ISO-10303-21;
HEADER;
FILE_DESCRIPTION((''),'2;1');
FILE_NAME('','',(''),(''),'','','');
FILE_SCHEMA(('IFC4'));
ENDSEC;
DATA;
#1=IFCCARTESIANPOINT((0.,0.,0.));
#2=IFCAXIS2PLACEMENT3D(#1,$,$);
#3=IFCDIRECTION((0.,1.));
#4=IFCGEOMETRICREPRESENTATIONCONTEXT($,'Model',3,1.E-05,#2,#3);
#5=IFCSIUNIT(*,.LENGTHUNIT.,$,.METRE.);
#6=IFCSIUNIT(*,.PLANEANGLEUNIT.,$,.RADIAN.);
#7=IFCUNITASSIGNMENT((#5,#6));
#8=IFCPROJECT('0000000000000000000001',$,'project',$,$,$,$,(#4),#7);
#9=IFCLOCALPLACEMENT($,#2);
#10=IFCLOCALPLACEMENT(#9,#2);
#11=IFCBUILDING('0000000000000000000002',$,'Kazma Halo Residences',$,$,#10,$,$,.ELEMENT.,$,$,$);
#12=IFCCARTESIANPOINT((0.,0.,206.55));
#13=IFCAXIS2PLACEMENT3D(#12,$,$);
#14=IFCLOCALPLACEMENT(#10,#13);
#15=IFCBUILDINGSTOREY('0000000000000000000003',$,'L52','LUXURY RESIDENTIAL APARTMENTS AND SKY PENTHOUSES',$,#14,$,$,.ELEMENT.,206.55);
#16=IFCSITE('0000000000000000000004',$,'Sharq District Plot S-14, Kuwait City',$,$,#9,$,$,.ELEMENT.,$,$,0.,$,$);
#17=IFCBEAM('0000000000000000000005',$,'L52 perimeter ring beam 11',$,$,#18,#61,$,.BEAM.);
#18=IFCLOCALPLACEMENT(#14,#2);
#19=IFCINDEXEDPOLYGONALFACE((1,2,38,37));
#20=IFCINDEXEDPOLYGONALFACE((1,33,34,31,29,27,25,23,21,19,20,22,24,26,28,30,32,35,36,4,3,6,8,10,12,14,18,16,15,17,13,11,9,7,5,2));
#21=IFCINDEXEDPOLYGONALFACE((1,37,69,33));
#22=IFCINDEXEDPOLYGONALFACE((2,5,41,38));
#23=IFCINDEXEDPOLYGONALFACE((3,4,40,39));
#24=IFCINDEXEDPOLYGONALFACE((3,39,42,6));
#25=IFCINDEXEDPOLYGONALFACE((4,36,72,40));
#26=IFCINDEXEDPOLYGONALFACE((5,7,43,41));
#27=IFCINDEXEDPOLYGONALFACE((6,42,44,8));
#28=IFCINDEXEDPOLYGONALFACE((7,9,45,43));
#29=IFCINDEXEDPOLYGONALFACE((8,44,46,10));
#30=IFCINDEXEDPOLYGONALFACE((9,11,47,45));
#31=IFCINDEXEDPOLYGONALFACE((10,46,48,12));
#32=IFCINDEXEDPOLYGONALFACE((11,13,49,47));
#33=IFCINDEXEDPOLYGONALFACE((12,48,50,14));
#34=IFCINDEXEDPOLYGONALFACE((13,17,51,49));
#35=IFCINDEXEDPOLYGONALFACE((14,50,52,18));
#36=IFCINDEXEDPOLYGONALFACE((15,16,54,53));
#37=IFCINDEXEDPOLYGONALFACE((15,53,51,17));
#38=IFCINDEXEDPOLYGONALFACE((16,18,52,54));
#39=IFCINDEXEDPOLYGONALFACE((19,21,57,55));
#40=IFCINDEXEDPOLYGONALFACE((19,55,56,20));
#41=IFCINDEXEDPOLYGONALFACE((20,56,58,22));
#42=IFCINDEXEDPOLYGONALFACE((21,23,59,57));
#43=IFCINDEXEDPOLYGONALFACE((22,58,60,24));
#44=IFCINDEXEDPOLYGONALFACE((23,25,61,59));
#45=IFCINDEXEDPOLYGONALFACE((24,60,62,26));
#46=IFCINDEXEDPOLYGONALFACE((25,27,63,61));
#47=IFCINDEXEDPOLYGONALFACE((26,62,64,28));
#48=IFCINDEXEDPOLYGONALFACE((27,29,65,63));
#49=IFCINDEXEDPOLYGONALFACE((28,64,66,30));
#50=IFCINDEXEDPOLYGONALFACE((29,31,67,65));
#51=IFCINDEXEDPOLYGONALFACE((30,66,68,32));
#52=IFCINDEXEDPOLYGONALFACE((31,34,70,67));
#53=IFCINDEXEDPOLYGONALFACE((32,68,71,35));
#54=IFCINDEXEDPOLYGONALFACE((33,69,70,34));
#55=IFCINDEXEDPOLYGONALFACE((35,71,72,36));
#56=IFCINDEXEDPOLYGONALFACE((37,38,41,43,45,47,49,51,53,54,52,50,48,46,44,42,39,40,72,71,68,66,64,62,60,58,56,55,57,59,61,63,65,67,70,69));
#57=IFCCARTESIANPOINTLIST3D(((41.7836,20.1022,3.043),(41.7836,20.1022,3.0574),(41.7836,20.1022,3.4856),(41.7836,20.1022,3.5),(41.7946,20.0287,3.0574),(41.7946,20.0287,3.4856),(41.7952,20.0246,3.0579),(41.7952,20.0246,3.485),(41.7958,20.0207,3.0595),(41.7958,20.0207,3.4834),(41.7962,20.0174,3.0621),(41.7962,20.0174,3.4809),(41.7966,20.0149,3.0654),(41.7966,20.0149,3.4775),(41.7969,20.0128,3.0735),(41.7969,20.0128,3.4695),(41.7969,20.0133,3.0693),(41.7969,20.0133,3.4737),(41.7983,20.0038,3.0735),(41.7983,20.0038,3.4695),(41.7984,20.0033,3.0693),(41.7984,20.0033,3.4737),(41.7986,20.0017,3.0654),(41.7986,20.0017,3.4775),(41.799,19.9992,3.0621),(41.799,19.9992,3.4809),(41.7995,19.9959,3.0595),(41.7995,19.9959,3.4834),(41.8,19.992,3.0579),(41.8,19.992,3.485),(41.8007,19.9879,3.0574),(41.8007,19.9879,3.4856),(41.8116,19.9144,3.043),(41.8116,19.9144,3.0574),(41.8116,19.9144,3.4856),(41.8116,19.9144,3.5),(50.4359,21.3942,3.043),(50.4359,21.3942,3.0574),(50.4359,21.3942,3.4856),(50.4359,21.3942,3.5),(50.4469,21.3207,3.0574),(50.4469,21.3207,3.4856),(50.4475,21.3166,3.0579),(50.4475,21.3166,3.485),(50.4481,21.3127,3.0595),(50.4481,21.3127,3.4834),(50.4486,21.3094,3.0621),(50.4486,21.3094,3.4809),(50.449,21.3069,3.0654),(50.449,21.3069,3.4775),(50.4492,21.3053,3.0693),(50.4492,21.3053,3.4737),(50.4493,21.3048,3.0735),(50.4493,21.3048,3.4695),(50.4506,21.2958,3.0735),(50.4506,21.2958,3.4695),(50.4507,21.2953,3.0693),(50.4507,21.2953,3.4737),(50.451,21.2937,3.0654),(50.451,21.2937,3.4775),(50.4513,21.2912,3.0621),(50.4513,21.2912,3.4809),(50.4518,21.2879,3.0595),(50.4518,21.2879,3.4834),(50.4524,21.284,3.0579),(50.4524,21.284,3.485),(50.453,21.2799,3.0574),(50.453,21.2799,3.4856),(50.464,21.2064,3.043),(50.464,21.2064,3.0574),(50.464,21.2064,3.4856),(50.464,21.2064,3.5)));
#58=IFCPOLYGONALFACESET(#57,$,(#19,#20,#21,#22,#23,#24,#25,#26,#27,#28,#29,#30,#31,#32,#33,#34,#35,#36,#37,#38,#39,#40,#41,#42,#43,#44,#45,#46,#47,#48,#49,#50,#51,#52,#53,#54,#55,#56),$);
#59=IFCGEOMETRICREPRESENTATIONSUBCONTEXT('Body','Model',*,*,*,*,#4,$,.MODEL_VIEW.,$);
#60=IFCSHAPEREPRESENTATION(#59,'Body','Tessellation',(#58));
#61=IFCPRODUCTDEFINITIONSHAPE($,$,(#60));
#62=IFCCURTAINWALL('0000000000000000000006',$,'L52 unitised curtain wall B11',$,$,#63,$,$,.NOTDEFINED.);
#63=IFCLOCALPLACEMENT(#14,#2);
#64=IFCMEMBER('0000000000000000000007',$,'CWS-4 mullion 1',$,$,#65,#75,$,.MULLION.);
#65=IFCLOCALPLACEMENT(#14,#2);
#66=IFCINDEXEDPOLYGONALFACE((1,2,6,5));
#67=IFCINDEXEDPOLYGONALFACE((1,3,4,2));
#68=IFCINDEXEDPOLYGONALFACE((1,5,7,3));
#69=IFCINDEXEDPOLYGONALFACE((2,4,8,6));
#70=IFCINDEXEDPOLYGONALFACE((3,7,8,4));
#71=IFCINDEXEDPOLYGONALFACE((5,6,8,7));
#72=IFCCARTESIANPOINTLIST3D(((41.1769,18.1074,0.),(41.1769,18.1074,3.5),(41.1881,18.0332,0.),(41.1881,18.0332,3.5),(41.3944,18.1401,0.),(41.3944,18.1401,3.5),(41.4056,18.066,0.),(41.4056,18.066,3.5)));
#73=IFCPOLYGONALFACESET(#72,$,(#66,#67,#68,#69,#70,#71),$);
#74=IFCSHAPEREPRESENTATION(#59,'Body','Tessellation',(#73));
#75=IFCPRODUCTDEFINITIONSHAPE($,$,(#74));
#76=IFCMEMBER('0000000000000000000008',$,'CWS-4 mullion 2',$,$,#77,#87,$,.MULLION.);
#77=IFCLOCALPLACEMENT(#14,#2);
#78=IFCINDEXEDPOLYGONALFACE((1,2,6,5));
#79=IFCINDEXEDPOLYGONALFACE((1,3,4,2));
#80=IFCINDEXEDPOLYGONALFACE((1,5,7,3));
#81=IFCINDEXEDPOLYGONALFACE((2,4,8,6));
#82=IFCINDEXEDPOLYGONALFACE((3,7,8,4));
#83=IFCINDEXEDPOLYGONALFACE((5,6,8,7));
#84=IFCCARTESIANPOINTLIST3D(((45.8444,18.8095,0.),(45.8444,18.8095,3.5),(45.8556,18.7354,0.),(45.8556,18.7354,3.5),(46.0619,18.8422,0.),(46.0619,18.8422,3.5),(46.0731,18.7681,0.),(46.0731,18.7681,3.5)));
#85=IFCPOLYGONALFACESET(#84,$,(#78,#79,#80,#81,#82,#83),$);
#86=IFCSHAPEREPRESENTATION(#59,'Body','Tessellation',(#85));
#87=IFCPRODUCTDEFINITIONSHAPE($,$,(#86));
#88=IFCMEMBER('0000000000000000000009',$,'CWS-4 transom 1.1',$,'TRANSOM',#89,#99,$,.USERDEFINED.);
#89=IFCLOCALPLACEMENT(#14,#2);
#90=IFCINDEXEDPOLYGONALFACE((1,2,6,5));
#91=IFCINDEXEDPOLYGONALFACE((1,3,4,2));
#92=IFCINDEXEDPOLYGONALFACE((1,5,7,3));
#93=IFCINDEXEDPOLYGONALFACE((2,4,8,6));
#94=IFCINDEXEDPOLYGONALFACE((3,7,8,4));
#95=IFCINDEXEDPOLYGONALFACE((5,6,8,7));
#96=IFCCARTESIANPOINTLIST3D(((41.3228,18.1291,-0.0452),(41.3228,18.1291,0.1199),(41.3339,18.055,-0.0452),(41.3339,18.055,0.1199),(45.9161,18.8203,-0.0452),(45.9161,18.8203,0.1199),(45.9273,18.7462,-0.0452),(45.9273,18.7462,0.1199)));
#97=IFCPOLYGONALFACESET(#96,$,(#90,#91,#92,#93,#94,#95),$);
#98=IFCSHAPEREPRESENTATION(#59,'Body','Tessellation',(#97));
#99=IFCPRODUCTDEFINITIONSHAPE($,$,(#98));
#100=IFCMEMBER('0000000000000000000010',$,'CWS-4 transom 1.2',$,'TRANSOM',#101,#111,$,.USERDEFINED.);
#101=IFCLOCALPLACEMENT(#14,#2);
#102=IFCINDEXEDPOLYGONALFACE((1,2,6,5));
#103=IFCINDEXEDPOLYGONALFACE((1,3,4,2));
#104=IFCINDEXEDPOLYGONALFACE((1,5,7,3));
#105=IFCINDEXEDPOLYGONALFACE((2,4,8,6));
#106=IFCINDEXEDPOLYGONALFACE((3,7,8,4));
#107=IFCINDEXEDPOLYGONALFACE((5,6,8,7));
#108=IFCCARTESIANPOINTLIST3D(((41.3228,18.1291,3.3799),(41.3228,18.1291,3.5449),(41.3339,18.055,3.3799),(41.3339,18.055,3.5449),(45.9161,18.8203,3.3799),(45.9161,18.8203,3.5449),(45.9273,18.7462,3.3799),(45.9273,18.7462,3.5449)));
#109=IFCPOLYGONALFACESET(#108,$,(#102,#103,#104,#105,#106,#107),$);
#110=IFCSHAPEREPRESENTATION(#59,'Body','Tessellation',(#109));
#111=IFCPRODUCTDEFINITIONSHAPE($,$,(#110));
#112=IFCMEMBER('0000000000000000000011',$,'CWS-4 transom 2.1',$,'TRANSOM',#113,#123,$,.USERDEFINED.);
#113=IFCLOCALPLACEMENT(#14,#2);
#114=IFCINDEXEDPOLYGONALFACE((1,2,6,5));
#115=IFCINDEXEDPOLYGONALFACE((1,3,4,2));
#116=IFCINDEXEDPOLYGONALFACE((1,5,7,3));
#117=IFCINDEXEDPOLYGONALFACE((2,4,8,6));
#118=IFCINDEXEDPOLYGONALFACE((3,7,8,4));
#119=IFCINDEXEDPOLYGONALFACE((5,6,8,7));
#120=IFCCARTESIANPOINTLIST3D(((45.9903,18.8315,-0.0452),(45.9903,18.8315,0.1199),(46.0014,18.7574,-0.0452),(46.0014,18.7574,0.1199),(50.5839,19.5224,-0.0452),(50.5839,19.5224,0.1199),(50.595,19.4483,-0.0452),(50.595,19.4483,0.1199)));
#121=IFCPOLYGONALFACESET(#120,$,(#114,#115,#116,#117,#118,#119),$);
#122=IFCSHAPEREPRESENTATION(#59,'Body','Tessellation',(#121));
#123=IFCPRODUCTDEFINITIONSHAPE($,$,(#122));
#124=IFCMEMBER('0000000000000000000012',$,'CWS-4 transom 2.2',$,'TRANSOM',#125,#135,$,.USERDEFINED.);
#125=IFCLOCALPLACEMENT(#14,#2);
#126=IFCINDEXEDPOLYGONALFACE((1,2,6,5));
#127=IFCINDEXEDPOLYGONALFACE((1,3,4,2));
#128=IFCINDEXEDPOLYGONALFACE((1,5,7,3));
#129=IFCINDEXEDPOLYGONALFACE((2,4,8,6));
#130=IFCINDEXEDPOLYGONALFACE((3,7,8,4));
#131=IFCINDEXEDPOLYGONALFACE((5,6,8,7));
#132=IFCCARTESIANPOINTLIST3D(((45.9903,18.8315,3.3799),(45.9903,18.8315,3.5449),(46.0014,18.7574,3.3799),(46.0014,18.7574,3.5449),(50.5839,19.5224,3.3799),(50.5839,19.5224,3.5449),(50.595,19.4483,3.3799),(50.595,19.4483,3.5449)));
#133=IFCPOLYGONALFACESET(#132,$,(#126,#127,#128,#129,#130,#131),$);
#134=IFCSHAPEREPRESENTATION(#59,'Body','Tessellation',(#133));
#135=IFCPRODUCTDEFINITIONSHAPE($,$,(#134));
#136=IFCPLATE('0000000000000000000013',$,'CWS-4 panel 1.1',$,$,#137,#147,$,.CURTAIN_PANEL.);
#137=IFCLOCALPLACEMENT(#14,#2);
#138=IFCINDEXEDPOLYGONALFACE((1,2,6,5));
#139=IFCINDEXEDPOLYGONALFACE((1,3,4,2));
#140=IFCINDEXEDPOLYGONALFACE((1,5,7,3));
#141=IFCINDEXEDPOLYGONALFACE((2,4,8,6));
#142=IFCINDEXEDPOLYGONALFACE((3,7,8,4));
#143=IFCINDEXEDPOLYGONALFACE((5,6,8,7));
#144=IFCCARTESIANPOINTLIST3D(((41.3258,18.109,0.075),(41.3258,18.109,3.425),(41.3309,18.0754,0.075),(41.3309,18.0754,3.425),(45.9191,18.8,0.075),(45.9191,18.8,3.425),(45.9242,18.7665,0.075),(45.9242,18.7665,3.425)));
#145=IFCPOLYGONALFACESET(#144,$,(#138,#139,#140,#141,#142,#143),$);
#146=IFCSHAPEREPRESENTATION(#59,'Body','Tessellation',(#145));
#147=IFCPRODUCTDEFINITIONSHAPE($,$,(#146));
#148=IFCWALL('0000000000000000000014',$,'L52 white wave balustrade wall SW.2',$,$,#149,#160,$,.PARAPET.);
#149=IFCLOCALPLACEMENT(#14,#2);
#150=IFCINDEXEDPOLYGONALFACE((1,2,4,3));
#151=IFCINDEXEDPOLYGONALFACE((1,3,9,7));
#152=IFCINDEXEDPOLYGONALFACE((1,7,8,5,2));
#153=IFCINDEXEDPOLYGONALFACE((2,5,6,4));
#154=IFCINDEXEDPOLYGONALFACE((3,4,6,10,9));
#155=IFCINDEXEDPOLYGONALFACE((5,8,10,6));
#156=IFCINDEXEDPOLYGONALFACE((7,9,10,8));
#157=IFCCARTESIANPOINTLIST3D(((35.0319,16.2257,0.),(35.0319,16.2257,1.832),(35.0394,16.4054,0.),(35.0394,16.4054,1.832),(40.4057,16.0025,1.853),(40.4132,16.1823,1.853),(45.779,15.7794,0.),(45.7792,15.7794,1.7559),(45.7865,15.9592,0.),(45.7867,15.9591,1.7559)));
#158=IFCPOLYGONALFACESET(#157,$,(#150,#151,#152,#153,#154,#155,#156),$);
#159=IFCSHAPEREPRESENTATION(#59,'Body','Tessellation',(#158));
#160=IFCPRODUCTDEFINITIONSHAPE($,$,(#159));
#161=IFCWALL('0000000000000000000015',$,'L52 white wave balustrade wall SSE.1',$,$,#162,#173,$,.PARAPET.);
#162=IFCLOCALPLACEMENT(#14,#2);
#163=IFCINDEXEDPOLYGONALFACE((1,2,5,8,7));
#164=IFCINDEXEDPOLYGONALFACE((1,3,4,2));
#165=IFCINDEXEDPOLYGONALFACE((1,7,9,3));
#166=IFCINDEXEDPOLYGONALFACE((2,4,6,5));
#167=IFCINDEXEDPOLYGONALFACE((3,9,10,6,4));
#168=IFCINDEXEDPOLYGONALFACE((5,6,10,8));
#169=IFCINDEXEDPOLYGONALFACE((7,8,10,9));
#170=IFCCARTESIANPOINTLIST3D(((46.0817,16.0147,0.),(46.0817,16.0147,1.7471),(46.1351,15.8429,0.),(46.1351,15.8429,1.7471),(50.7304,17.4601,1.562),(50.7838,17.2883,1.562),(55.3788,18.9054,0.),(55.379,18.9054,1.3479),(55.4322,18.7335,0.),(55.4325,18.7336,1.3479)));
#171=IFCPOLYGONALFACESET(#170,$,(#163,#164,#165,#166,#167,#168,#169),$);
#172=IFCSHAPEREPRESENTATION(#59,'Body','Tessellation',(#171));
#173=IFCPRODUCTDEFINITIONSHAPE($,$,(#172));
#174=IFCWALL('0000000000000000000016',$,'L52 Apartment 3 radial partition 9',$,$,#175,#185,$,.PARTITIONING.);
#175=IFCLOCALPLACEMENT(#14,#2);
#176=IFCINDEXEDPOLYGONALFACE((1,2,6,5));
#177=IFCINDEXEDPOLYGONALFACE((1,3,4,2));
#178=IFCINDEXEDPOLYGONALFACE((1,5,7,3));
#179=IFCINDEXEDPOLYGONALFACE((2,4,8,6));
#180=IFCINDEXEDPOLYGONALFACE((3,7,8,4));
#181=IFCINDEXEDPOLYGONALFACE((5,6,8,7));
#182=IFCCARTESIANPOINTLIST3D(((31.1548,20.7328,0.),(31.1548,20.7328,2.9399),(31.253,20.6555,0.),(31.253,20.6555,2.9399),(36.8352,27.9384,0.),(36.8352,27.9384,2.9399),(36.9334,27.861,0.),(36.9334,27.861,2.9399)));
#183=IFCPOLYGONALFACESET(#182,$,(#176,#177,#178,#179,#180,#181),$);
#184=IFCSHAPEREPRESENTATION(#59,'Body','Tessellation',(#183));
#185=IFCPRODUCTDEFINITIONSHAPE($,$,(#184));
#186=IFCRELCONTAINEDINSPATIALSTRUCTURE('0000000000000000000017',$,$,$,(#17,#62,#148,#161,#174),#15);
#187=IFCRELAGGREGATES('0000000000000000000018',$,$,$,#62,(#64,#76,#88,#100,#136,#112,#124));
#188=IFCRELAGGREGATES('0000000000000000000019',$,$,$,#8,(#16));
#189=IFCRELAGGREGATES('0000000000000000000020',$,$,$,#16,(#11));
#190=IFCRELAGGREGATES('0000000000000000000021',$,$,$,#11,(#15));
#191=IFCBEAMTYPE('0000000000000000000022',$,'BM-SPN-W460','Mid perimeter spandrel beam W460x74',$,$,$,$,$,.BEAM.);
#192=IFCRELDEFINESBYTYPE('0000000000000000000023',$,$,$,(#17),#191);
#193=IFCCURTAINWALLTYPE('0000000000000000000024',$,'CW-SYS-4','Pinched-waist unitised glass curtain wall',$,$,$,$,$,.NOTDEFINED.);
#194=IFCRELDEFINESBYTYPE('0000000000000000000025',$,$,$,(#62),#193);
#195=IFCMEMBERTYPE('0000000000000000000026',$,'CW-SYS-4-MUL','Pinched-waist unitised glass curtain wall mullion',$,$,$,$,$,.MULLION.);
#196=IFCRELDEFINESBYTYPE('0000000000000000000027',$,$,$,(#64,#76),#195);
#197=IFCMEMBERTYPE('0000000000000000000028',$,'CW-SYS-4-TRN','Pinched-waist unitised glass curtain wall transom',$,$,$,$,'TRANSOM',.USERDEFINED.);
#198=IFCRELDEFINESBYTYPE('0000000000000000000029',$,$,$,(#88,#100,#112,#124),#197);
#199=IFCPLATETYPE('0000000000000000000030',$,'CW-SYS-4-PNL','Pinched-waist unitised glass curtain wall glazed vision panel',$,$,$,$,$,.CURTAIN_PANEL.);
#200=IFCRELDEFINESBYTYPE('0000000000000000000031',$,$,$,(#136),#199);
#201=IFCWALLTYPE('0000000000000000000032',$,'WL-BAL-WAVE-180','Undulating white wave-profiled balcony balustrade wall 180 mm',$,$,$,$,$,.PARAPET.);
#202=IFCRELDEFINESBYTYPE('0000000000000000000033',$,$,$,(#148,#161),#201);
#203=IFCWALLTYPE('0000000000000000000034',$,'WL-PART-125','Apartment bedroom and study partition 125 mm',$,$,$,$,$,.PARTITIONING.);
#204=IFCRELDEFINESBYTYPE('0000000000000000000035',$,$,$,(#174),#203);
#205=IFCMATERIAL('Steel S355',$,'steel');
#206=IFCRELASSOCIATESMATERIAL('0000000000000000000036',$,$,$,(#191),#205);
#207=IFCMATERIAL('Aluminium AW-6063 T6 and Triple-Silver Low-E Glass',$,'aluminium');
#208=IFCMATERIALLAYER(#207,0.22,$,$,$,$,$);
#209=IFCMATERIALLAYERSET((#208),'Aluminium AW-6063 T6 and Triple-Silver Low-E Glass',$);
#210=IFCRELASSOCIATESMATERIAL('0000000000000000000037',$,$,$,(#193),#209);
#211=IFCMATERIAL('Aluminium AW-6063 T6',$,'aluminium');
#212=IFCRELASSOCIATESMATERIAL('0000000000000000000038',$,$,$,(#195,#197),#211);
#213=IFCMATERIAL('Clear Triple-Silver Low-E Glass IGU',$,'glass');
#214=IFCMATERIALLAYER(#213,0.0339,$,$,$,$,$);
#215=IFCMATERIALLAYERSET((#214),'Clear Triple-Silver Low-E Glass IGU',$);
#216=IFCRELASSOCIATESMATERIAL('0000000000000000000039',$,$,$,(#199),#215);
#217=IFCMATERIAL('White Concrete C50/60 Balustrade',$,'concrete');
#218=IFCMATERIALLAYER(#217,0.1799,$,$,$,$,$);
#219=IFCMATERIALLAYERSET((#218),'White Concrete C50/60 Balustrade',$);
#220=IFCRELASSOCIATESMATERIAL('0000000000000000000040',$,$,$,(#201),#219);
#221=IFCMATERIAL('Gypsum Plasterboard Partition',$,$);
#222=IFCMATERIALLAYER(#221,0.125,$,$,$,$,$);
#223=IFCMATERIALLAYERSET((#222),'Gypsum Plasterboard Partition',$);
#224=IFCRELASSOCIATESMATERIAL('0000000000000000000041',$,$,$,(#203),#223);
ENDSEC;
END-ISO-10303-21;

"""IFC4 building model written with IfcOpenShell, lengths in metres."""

from ifc_helpers import new_model, si_unit, direction, frame, frame_2d, origin, origin_2d, place, context, subcontext, project, spatial, polyline, rectangle, i_section, outline, extrude, material, layer, layer_set, material_profile, profile_set, type_object, element, aggregate, save


model = new_model("IFC4")

# Units and contexts
model_context = context("Model", 3, precision=1e-05, world=origin(), true_north=direction((0.0, 1.0)))
body_context = subcontext(model_context, "Body", "Model", "MODEL_VIEW")
ifc_project = project(units=[si_unit("LENGTHUNIT", "METRE"), si_unit("PLANEANGLEUNIT", "RADIAN")], contexts=[model_context])

# Site, building, storey
site_placement = place(None, origin())
site = spatial("IfcSite", under=ifc_project, at=site_placement, Name="Sharq District Plot S-14, Kuwait City", CompositionType="ELEMENT", RefElevation=0.0)
building_placement = place(site_placement, origin())
building = spatial("IfcBuilding", under=site, at=building_placement, Name="Kazma Halo Residences", CompositionType="ELEMENT")
storey_placement = place(building_placement, frame((0.0, 0.0, 206.55)))
storey = spatial("IfcBuildingStorey", under=building, at=storey_placement, Name="L52", Description="LUXURY RESIDENTIAL APARTMENTS AND SKY PENTHOUSES", CompositionType="ELEMENT", Elevation=206.55)

# Beam
ifc_material_1 = material(Name="Steel S355", Category="steel")
ifc_material_profile_1 = material_profile(ifc_material_1, i_section(OverallWidth=0.1899, OverallDepth=0.457, WebThickness=0.009, FlangeThickness=0.0144, FilletRadius=0.0161, at=origin_2d()), Name="W460x74")
ifc_profile_set_1 = profile_set([ifc_material_profile_1], Name="Steel S355")
beam_type_1 = type_object("IfcBeamType", Name="BM-SPN-W460", Description="Mid perimeter spandrel beam W460x74", PredefinedType="BEAM", material=ifc_profile_set_1)
beam_1_placement = place(storey_placement, frame((41.7976, 20.0083, 3.2715), z_axis=(0.989034, 0.147685, 0.0), x_axis=(-0.147685, 0.989034, 0.0)))
element("IfcBeam", 1, at=beam_1_placement, inside=storey, type_object=beam_type_1, Name="L52 perimeter ring beam 11", PredefinedType="BEAM", context=body_context, shape_type="SweptSolid", body=[
    extrude(i_section(OverallWidth=0.1899, OverallDepth=0.457, WebThickness=0.009, FlangeThickness=0.0144, FilletRadius=0.0161, at=origin_2d()), origin(), (0.0, 0.0, 1.0), 8.7483),
])

# Curtain wall, members, plate
ifc_material_2 = material(Name="Aluminium AW-6063 T6 and Triple-Silver Low-E Glass", Category="aluminium")
ifc_layer_1 = layer(ifc_material_2, 0.22)
ifc_layer_set_1 = layer_set([ifc_layer_1], Name="Aluminium AW-6063 T6 and Triple-Silver Low-E Glass")
curtain_wall_type = type_object("IfcCurtainWallType", Name="CW-SYS-4", Description="Pinched-waist unitised glass curtain wall", PredefinedType="NOTDEFINED", material=ifc_layer_set_1)
curtain_wall_placement = place(storey_placement, origin())
curtain_wall = element("IfcCurtainWall", 2, at=curtain_wall_placement, inside=storey, type_object=curtain_wall_type, Name="L52 unitised curtain wall B11", PredefinedType="NOTDEFINED")
ifc_material_3 = material(Name="Aluminium AW-6063 T6", Category="aluminium")
ifc_material_profile_2 = material_profile(ifc_material_3, rectangle(XDim=0.075, YDim=0.22, at=origin_2d()), Name="CWM-75x220")
ifc_profile_set_2 = profile_set([ifc_material_profile_2], Name="Aluminium AW-6063 T6")
member_type_1 = type_object("IfcMemberType", Name="CW-SYS-4-MUL", Description="Pinched-waist unitised glass curtain wall mullion", PredefinedType="MULLION", material=ifc_profile_set_2)
member_1_placement = place(storey_placement, frame((41.2913, 18.0867, 0.0), z_axis=(0.0, 0.0, 1.0), x_axis=(-0.148773, 0.988871, 0.0)))
member_1 = element("IfcMember", 3, at=member_1_placement, type_object=member_type_1, Name="CWS-4 mullion 1", PredefinedType="MULLION", context=body_context, shape_type="SweptSolid", body=[
    extrude(rectangle(XDim=0.075, YDim=0.22, at=origin_2d()), origin(), (0.0, 0.0, 1.0), 3.5),
])
member_2_placement = place(storey_placement, frame((45.9587, 18.7888, 0.0), z_axis=(0.0, 0.0, 1.0), x_axis=(-0.148773, 0.988871, 0.0)))
member_2 = element("IfcMember", 4, at=member_2_placement, type_object=member_type_1, Name="CWS-4 mullion 2", PredefinedType="MULLION", context=body_context, shape_type="SweptSolid", body=[
    extrude(rectangle(XDim=0.075, YDim=0.22, at=origin_2d()), origin(), (0.0, 0.0, 1.0), 3.5),
])
ifc_material_profile_3 = material_profile(ifc_material_3, rectangle(XDim=0.075, YDim=0.165, at=origin_2d()), Name="CWT-75x165")
ifc_profile_set_3 = profile_set([ifc_material_profile_3], Name="Aluminium AW-6063 T6")
member_type_2 = type_object("IfcMemberType", Name="CW-SYS-4-TRN", Description="Pinched-waist unitised glass curtain wall transom", ElementType="TRANSOM", PredefinedType="USERDEFINED", material=ifc_profile_set_3)
member_3_placement = place(storey_placement, frame((41.3284, 18.092, 0.0374), z_axis=(0.988868, 0.148798, 0.0), x_axis=(-0.148798, 0.988868, 0.0)))
member_3 = element("IfcMember", 5, at=member_3_placement, type_object=member_type_2, Name="CWS-4 transom 1.1", ObjectType="TRANSOM", PredefinedType="USERDEFINED", context=body_context, shape_type="SweptSolid", body=[
    extrude(rectangle(XDim=0.075, YDim=0.165, at=origin_2d()), origin(), (0.0, 0.0, 1.0), 4.645),
])
member_4_placement = place(storey_placement, frame((41.3284, 18.092, 3.4624), z_axis=(0.988868, 0.148798, 0.0), x_axis=(-0.148798, 0.988868, 0.0)))
member_4 = element("IfcMember", 6, at=member_4_placement, type_object=member_type_2, Name="CWS-4 transom 1.2", ObjectType="TRANSOM", PredefinedType="USERDEFINED", context=body_context, shape_type="SweptSolid", body=[
    extrude(rectangle(XDim=0.075, YDim=0.165, at=origin_2d()), origin(), (0.0, 0.0, 1.0), 4.645),
])
member_5_placement = place(storey_placement, frame((45.9958, 18.7944, 0.0374), z_axis=(0.988877, 0.148739, 0.0), x_axis=(-0.148739, 0.988877, 0.0)))
member_5 = element("IfcMember", 7, at=member_5_placement, type_object=member_type_2, Name="CWS-4 transom 2.1", ObjectType="TRANSOM", PredefinedType="USERDEFINED", context=body_context, shape_type="SweptSolid", body=[
    extrude(rectangle(XDim=0.075, YDim=0.165, at=origin_2d()), origin(), (0.0, 0.0, 1.0), 4.6453),
])
member_6_placement = place(storey_placement, frame((45.9958, 18.7944, 3.4624), z_axis=(0.988877, 0.148739, 0.0), x_axis=(-0.148739, 0.988877, 0.0)))
member_6 = element("IfcMember", 8, at=member_6_placement, type_object=member_type_2, Name="CWS-4 transom 2.2", ObjectType="TRANSOM", PredefinedType="USERDEFINED", context=body_context, shape_type="SweptSolid", body=[
    extrude(rectangle(XDim=0.075, YDim=0.165, at=origin_2d()), origin(), (0.0, 0.0, 1.0), 4.6453),
])
ifc_material_4 = material(Name="Clear Triple-Silver Low-E Glass IGU", Category="glass")
ifc_layer_2 = layer(ifc_material_4, 0.0339)
ifc_layer_set_2 = layer_set([ifc_layer_2], Name="Clear Triple-Silver Low-E Glass IGU")
plate_type = type_object("IfcPlateType", Name="CW-SYS-4-PNL", Description="Pinched-waist unitised glass curtain wall glazed vision panel", PredefinedType="CURTAIN_PANEL", material=ifc_layer_set_2)
plate_placement = place(storey_placement, frame((43.625, 18.4377, 0.075), z_axis=(0.0, 0.0, 1.0), x_axis=(0.988871, 0.148773, 0.0)))
plate = element("IfcPlate", 9, at=plate_placement, type_object=plate_type, Name="CWS-4 panel 1.1", PredefinedType="CURTAIN_PANEL", context=body_context, shape_type="SweptSolid", body=[
    extrude(rectangle(XDim=4.645, YDim=0.0339, at=origin_2d()), origin(), (0.0, 0.0, 1.0), 3.3501),
])
aggregate(curtain_wall, [member_1, member_2, member_3, member_4, plate, member_5, member_6])

# Walls
ifc_material_5 = material(Name="White Concrete C50/60 Balustrade", Category="concrete")
ifc_layer_3 = layer(ifc_material_5, 0.1799)
ifc_layer_set_3 = layer_set([ifc_layer_3], Name="White Concrete C50/60 Balustrade")
wall_type_1 = type_object("IfcWallType", Name="WL-BAL-WAVE-180", Description="Undulating white wave-profiled balcony balustrade wall 180 mm", PredefinedType="PARAPET", material=ifc_layer_set_3)
wall_1_placement = place(storey_placement, frame((35.0356, 16.3157, 0.0), z_axis=(0.0, 0.0, 1.0), x_axis=(0.999139, -0.041491, 0.0)))
element("IfcWall", 10, at=wall_1_placement, inside=storey, type_object=wall_type_1, Name="L52 white wave balustrade wall SW.2", PredefinedType="PARAPET", context=body_context, shape_type="SweptSolid", body=[
    extrude(outline(polyline([(0.0, 0.0), (10.7563, 0.0), (10.7566, 1.7559), (5.3784, 1.853), (0.0, 1.832), (0.0, 0.0)])), frame((0.0, 0.0898, 0.0), z_axis=(0.0, -1.0, 0.0), x_axis=(1.0, 0.0, 0.0)), (0.0, 0.0, 1.0), 0.1799),
])
wall_2_placement = place(storey_placement, frame((46.1084, 15.929, 0.0), z_axis=(0.0, 0.0, 1.0), x_axis=(0.95491, 0.296897, 0.0)))
element("IfcWall", 11, at=wall_2_placement, inside=storey, type_object=wall_type_1, Name="L52 white wave balustrade wall SSE.1", PredefinedType="PARAPET", context=body_context, shape_type="SweptSolid", body=[
    extrude(outline(polyline([(0.0, 0.0), (9.7361, 0.0), (9.7363, 1.3479), (4.8682, 1.562), (0.0, 1.7471), (0.0, 0.0)])), frame((0.0, 0.0898, 0.0), z_axis=(0.0, -1.0, 0.0), x_axis=(1.0, 0.0, 0.0)), (0.0, 0.0, 1.0), 0.1799),
])
ifc_material_6 = material(Name="Gypsum Plasterboard Partition")
ifc_layer_4 = layer(ifc_material_6, 0.125)
ifc_layer_set_4 = layer_set([ifc_layer_4], Name="Gypsum Plasterboard Partition")
wall_type_2 = type_object("IfcWallType", Name="WL-PART-125", Description="Apartment bedroom and study partition 125 mm", PredefinedType="PARTITIONING", material=ifc_layer_set_4)
wall_3_placement = place(storey_placement, frame((36.8843, 27.8997, 0.0), z_axis=(0.0, 0.0, 1.0), x_axis=(-0.619095, -0.785316, 0.0)))
element("IfcWall", 12, at=wall_3_placement, inside=storey, type_object=wall_type_2, Name="L52 Apartment 3 radial partition 9", PredefinedType="PARTITIONING", context=body_context, shape_type="SweptSolid", body=[
    extrude(rectangle(XDim=9.1753, YDim=0.125, at=frame_2d((4.5876, 0.0))), origin(), (0.0, 0.0, 1.0), 2.9399),
])

save(model, "model.ifc")
